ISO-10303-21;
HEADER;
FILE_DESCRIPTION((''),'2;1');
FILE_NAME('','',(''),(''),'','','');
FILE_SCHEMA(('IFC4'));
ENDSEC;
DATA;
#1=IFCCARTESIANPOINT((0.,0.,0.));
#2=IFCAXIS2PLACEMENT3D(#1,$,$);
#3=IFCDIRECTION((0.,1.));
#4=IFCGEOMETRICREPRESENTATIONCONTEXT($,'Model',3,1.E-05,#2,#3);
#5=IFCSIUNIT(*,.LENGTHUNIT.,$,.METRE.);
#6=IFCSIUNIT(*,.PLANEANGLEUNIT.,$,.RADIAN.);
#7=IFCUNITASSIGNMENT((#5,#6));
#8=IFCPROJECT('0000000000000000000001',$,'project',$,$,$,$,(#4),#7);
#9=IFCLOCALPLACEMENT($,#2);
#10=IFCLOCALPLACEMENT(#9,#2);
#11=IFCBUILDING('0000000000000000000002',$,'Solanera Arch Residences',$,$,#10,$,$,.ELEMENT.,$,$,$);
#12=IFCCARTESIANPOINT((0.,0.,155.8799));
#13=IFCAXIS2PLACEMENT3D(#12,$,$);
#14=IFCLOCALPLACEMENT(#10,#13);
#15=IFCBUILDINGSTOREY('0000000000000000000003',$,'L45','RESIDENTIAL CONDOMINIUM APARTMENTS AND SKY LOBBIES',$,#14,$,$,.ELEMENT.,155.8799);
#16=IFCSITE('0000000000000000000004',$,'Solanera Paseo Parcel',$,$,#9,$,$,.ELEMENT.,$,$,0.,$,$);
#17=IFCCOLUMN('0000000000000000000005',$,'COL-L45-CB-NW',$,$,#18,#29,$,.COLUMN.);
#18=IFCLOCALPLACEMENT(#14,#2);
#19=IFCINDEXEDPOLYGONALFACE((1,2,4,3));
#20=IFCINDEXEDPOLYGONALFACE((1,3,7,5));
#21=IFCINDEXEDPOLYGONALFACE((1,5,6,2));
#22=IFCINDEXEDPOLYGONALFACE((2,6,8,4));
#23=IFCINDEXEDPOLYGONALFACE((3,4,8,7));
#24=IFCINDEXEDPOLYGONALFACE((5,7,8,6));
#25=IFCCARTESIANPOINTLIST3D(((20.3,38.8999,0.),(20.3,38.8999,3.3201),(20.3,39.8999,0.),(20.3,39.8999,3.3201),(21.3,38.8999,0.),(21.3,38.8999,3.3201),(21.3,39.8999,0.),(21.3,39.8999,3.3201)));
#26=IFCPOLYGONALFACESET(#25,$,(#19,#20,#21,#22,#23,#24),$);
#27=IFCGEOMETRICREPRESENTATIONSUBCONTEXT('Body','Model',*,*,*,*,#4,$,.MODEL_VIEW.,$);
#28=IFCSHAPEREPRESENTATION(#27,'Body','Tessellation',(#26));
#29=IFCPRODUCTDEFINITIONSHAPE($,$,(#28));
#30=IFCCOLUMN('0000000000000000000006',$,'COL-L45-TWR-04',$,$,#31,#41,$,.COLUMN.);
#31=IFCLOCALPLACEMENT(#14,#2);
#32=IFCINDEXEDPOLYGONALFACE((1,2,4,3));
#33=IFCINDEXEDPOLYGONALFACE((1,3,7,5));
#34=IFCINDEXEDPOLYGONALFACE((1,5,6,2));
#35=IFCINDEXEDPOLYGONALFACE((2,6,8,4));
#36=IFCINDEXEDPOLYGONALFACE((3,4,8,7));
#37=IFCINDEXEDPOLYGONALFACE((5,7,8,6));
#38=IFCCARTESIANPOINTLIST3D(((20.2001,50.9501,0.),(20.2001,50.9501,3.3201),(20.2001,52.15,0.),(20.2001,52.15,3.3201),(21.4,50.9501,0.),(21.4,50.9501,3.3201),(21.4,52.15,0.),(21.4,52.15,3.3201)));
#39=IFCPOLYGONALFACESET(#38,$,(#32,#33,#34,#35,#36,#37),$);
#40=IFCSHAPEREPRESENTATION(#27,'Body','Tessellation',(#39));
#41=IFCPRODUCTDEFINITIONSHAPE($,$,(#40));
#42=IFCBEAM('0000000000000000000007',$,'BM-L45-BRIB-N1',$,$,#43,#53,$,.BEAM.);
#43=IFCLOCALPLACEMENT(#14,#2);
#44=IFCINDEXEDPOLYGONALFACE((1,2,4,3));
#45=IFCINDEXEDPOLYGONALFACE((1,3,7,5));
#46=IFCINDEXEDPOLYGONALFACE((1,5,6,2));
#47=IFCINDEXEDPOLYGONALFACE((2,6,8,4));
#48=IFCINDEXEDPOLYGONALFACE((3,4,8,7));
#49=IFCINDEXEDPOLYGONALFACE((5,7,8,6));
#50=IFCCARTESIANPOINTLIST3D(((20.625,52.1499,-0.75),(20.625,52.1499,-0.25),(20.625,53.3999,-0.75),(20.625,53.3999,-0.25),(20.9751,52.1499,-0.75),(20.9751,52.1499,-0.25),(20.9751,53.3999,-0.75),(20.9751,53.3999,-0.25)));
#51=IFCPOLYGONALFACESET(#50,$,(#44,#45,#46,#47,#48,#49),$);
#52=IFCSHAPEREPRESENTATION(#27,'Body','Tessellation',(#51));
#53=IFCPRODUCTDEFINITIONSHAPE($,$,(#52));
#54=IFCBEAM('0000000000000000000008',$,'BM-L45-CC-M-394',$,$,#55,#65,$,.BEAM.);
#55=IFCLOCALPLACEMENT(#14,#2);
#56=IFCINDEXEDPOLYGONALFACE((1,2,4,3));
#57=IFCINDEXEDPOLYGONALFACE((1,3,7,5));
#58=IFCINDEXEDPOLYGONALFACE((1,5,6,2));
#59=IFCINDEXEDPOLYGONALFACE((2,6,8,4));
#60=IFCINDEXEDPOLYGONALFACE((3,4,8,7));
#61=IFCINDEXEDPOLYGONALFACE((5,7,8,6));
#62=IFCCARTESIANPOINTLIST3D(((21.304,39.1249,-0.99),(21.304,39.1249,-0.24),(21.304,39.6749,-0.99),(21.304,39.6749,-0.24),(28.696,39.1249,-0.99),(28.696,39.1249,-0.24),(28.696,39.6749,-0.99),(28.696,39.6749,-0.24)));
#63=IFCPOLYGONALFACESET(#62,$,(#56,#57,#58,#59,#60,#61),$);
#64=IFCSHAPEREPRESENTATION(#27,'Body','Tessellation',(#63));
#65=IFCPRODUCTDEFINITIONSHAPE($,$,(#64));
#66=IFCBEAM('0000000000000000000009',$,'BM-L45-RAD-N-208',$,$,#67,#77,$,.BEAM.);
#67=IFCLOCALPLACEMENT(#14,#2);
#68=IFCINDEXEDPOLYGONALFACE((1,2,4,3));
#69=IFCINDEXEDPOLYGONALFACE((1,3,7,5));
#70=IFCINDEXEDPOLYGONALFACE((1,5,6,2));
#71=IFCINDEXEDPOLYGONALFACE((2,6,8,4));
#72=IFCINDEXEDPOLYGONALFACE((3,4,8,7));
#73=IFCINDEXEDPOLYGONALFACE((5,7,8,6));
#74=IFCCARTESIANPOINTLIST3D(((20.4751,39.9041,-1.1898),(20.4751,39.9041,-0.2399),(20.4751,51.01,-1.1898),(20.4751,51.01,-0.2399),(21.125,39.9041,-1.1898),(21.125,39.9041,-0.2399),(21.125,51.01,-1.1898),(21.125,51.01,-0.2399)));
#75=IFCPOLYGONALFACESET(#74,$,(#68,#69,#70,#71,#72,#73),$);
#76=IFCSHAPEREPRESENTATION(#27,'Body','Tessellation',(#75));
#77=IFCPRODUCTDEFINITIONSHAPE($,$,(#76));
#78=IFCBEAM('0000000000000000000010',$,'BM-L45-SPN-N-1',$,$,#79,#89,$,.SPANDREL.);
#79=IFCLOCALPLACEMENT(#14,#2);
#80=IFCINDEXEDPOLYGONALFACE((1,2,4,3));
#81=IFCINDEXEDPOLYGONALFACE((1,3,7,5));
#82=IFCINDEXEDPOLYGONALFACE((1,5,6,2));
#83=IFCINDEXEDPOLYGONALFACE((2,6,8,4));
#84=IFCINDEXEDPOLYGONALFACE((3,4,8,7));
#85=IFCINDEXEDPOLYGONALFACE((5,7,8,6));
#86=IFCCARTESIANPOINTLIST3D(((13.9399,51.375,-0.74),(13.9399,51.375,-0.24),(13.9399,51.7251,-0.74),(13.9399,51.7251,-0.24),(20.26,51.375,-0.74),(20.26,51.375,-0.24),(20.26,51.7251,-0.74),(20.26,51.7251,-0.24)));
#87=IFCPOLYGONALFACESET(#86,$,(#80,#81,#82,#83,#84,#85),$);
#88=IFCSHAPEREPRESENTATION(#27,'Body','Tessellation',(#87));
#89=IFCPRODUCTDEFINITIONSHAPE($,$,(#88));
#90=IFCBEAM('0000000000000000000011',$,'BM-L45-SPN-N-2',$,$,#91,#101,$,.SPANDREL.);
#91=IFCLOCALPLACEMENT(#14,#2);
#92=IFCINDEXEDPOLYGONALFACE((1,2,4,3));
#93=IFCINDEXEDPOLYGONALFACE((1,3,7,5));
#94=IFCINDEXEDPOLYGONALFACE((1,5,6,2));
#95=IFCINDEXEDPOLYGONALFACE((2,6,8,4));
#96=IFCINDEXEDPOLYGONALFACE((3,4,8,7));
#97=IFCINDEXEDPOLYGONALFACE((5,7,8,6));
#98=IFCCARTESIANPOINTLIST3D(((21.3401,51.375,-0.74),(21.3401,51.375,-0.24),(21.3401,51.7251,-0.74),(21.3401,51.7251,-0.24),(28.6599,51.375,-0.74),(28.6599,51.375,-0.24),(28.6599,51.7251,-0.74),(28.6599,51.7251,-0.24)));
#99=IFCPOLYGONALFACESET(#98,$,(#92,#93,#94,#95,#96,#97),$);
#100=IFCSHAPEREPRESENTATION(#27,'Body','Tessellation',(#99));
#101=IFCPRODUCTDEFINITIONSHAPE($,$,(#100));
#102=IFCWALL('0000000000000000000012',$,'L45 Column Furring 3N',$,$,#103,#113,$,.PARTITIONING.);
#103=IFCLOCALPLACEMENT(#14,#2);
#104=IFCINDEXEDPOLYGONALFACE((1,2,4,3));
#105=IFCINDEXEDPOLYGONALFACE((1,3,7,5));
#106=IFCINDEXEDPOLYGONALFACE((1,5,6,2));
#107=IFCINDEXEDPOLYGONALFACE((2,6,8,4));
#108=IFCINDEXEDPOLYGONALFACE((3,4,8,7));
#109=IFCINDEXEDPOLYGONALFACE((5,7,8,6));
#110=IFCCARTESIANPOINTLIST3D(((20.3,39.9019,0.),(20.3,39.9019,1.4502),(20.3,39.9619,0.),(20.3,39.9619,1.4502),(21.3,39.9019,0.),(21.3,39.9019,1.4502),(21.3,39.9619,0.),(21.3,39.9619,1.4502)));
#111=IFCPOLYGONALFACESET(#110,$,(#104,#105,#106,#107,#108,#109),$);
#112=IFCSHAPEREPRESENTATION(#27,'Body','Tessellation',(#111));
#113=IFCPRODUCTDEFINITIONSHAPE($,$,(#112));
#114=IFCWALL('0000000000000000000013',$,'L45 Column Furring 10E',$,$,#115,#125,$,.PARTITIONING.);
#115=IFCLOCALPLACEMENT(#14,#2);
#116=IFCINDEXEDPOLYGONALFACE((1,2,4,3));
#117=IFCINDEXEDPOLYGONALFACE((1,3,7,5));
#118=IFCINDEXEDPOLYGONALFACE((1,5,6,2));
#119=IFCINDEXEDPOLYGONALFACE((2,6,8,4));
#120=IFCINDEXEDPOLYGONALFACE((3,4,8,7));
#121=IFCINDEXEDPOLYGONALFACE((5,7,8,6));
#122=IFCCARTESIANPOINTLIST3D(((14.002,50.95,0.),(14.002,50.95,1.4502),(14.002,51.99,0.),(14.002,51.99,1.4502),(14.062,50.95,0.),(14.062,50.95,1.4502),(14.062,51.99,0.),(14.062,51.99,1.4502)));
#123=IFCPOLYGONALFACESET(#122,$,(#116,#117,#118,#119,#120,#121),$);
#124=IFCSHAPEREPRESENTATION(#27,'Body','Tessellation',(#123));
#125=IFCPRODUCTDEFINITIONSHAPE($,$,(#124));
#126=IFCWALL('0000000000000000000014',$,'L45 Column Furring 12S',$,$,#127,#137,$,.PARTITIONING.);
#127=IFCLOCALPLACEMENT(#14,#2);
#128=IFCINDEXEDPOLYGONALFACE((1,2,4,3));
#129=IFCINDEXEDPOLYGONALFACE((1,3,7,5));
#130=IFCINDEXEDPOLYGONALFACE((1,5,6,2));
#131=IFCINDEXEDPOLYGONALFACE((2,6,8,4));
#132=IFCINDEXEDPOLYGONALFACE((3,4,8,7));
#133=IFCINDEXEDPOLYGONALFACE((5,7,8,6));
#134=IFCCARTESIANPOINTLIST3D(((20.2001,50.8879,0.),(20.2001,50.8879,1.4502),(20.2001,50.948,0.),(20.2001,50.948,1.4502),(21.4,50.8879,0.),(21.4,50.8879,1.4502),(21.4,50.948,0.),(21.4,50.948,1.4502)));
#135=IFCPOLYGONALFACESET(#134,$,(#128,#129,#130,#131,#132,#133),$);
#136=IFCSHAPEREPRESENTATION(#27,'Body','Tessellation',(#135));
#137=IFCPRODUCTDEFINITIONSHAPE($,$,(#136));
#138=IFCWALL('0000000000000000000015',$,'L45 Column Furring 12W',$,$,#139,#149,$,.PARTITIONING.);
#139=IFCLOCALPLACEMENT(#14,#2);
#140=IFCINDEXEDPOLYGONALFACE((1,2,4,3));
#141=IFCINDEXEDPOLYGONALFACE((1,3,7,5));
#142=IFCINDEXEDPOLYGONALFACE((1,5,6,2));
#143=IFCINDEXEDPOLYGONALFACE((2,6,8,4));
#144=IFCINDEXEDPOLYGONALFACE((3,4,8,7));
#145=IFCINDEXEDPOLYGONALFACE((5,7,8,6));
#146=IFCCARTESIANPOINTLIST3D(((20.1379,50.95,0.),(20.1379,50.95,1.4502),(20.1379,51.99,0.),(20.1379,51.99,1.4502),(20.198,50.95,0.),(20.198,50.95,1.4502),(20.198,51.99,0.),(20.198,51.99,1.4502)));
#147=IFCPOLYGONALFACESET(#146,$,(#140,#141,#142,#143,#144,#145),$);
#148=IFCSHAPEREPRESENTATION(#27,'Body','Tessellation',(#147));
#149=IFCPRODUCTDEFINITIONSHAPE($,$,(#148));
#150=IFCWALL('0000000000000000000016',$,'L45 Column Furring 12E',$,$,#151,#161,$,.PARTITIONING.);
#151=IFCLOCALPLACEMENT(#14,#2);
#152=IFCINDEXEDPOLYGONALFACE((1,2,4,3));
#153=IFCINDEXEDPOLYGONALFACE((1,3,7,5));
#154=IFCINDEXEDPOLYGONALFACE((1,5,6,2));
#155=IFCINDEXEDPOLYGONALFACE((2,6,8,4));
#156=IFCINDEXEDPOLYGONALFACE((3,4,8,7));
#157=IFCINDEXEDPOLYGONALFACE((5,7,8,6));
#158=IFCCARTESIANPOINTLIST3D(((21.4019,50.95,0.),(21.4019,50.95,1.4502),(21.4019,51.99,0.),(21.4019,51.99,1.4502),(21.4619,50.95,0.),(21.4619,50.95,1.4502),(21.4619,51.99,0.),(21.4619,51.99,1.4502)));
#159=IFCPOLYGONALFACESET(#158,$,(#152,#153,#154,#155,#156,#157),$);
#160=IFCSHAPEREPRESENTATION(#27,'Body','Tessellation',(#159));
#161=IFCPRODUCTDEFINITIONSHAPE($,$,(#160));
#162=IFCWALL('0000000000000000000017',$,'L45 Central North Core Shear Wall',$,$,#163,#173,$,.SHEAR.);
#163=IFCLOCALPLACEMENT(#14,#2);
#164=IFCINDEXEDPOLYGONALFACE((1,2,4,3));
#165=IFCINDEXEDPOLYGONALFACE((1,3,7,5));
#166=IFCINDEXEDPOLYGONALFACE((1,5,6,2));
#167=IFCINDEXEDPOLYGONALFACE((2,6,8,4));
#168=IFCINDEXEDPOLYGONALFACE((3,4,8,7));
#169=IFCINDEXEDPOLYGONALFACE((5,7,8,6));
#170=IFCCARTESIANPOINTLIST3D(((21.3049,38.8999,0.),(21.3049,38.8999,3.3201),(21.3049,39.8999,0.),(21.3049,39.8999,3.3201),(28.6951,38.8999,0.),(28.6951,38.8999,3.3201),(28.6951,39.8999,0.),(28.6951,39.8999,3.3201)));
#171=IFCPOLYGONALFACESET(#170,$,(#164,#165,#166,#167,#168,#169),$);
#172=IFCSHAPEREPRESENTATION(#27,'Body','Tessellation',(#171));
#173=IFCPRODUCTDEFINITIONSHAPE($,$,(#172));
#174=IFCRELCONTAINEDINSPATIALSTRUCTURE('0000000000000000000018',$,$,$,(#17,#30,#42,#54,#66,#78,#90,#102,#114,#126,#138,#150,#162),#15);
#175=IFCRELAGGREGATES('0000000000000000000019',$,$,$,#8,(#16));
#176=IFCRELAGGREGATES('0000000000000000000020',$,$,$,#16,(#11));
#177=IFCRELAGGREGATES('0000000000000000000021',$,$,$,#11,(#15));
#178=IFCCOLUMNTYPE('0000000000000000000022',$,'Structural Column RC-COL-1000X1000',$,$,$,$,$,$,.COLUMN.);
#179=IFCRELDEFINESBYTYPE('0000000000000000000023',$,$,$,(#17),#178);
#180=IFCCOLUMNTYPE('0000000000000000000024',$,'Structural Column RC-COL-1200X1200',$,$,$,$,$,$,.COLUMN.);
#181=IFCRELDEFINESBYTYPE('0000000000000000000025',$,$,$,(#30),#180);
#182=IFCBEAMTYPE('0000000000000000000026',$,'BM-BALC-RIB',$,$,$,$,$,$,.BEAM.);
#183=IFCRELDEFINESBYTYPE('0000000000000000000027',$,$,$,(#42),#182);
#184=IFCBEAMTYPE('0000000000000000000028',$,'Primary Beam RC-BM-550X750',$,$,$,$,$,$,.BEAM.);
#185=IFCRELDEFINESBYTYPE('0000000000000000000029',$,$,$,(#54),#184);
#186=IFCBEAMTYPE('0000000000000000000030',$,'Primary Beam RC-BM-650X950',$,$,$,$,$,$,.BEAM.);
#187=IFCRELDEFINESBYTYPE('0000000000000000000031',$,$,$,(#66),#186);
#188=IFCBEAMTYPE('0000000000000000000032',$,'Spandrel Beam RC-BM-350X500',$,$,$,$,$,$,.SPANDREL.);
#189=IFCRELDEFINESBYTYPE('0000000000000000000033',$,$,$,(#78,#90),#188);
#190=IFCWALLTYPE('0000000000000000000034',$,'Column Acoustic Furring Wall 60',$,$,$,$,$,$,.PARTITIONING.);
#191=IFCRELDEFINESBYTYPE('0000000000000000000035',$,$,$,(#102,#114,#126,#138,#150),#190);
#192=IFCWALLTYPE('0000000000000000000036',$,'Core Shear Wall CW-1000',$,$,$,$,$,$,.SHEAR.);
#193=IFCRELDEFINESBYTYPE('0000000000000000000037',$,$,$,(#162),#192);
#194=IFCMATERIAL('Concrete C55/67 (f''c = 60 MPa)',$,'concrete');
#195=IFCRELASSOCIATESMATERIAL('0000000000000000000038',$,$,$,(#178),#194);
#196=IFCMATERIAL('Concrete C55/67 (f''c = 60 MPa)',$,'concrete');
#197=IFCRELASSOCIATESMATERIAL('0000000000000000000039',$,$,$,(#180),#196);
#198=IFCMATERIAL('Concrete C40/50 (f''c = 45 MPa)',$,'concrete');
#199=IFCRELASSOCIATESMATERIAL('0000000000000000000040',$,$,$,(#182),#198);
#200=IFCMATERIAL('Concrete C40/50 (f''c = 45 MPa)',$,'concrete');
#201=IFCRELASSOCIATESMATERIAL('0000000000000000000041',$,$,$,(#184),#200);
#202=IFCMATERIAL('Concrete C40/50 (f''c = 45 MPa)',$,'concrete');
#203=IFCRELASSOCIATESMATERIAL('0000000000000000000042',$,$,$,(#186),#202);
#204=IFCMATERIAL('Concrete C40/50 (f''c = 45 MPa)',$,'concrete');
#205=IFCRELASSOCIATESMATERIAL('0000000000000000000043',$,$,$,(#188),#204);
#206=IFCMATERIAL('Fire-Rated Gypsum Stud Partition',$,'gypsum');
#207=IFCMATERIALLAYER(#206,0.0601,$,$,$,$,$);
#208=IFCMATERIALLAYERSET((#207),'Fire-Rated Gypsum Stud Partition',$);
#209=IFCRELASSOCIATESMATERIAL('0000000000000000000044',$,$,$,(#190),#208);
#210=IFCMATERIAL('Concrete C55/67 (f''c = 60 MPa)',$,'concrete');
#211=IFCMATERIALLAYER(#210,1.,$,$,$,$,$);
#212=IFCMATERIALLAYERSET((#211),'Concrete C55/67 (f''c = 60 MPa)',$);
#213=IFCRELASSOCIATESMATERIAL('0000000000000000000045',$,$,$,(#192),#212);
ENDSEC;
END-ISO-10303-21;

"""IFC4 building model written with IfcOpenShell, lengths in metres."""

from ifc_helpers import new_model, si_unit, direction, frame, frame_2d, origin, origin_2d, place, context, subcontext, project, spatial, rectangle, extrude, material, layer, layer_set, material_profile, profile_set, type_object, element, save


model = new_model("IFC4")

# Units and contexts
model_context = context("Model", 3, precision=1e-05, world=origin(), true_north=direction((0.0, 1.0)))
body_context = subcontext(model_context, "Body", "Model", "MODEL_VIEW")
ifc_project = project(units=[si_unit("LENGTHUNIT", "METRE"), si_unit("PLANEANGLEUNIT", "RADIAN")], contexts=[model_context])

# Site, building, storey
site_placement = place(None, origin())
site = spatial("IfcSite", under=ifc_project, at=site_placement, Name="Solanera Paseo Parcel", CompositionType="ELEMENT", RefElevation=0.0)
building_placement = place(site_placement, origin())
building = spatial("IfcBuilding", under=site, at=building_placement, Name="Solanera Arch Residences", CompositionType="ELEMENT")
storey_placement = place(building_placement, frame((0.0, 0.0, 155.8799)))
storey = spatial("IfcBuildingStorey", under=building, at=storey_placement, Name="L45", Description="RESIDENTIAL CONDOMINIUM APARTMENTS AND SKY LOBBIES", CompositionType="ELEMENT", Elevation=155.8799)

# Columns
ifc_material_1 = material(Name="Concrete C55/67 (f'c = 60 MPa)", Category="concrete")
ifc_material_profile_1 = material_profile(ifc_material_1, rectangle(XDim=1.0, YDim=1.0, at=origin_2d()))
ifc_profile_set_1 = profile_set([ifc_material_profile_1], Name="Concrete C55/67 (f'c = 60 MPa)")
column_type_1 = type_object("IfcColumnType", Name="Structural Column RC-COL-1000X1000", PredefinedType="COLUMN", material=ifc_profile_set_1)
column_1_placement = place(storey_placement, frame((20.8, 39.3999, 0.0), z_axis=(0.0, 0.0, 1.0), x_axis=(1.0, 0.0, 0.0)))
element("IfcColumn", 1, at=column_1_placement, inside=storey, type_object=column_type_1, Name="COL-L45-CB-NW", PredefinedType="COLUMN", context=body_context, shape_type="SweptSolid", body=[
    extrude(rectangle(XDim=1.0, YDim=1.0, at=origin_2d()), origin(), (0.0, 0.0, 1.0), 3.3201),
])
ifc_material_2 = material(Name="Concrete C55/67 (f'c = 60 MPa)", Category="concrete")
ifc_material_profile_2 = material_profile(ifc_material_2, rectangle(XDim=1.2, YDim=1.2, at=origin_2d()))
ifc_profile_set_2 = profile_set([ifc_material_profile_2], Name="Concrete C55/67 (f'c = 60 MPa)")
column_type_2 = type_object("IfcColumnType", Name="Structural Column RC-COL-1200X1200", PredefinedType="COLUMN", material=ifc_profile_set_2)
column_2_placement = place(storey_placement, frame((20.8, 51.55, 0.0), z_axis=(0.0, 0.0, 1.0), x_axis=(1.0, 0.0, 0.0)))
element("IfcColumn", 2, at=column_2_placement, inside=storey, type_object=column_type_2, Name="COL-L45-TWR-04", PredefinedType="COLUMN", context=body_context, shape_type="SweptSolid", body=[
    extrude(rectangle(XDim=1.2, YDim=1.2, at=origin_2d()), origin(), (0.0, 0.0, 1.0), 3.3201),
])

# Beams
ifc_material_3 = material(Name="Concrete C40/50 (f'c = 45 MPa)", Category="concrete")
ifc_material_profile_3 = material_profile(ifc_material_3, rectangle(XDim=0.3501, YDim=0.5, at=origin_2d()))
ifc_profile_set_3 = profile_set([ifc_material_profile_3], Name="Concrete C40/50 (f'c = 45 MPa)")
beam_type_1 = type_object("IfcBeamType", Name="BM-BALC-RIB", PredefinedType="BEAM", material=ifc_profile_set_3)
beam_1_placement = place(storey_placement, frame((20.8, 52.1499, -0.5), z_axis=(0.0, 1.0, 0.0), x_axis=(-1.0, 0.0, 0.0)))
element("IfcBeam", 3, at=beam_1_placement, inside=storey, type_object=beam_type_1, Name="BM-L45-BRIB-N1", PredefinedType="BEAM", context=body_context, shape_type="SweptSolid", body=[
    extrude(rectangle(XDim=0.3501, YDim=0.5, at=origin_2d()), origin(), (0.0, 0.0, 1.0), 1.25),
])
ifc_material_4 = material(Name="Concrete C40/50 (f'c = 45 MPa)", Category="concrete")
ifc_material_profile_4 = material_profile(ifc_material_4, rectangle(XDim=0.55, YDim=0.75, at=origin_2d()))
ifc_profile_set_4 = profile_set([ifc_material_profile_4], Name="Concrete C40/50 (f'c = 45 MPa)")
beam_type_2 = type_object("IfcBeamType", Name="Primary Beam RC-BM-550X750", PredefinedType="BEAM", material=ifc_profile_set_4)
beam_2_placement = place(storey_placement, frame((21.304, 39.3999, -0.615), z_axis=(1.0, 0.0, 0.0), x_axis=(0.0, 1.0, 0.0)))
element("IfcBeam", 4, at=beam_2_placement, inside=storey, type_object=beam_type_2, Name="BM-L45-CC-M-394", PredefinedType="BEAM", context=body_context, shape_type="SweptSolid", body=[
    extrude(rectangle(XDim=0.55, YDim=0.75, at=origin_2d()), origin(), (0.0, 0.0, 1.0), 7.3921),
])
ifc_material_5 = material(Name="Concrete C40/50 (f'c = 45 MPa)", Category="concrete")
ifc_material_profile_5 = material_profile(ifc_material_5, rectangle(XDim=0.6499, YDim=0.95, at=origin_2d()))
ifc_profile_set_5 = profile_set([ifc_material_profile_5], Name="Concrete C40/50 (f'c = 45 MPa)")
beam_type_3 = type_object("IfcBeamType", Name="Primary Beam RC-BM-650X950", PredefinedType="BEAM", material=ifc_profile_set_5)
beam_3_placement = place(storey_placement, frame((20.8, 39.9041, -0.7148), z_axis=(0.0, 1.0, 0.0), x_axis=(-1.0, 0.0, 0.0)))
element("IfcBeam", 5, at=beam_3_placement, inside=storey, type_object=beam_type_3, Name="BM-L45-RAD-N-208", PredefinedType="BEAM", context=body_context, shape_type="SweptSolid", body=[
    extrude(rectangle(XDim=0.6499, YDim=0.95, at=origin_2d()), origin(), (0.0, 0.0, 1.0), 11.106),
])
ifc_material_6 = material(Name="Concrete C40/50 (f'c = 45 MPa)", Category="concrete")
ifc_material_profile_6 = material_profile(ifc_material_6, rectangle(XDim=0.3501, YDim=0.5, at=origin_2d()))
ifc_profile_set_6 = profile_set([ifc_material_profile_6], Name="Concrete C40/50 (f'c = 45 MPa)")
beam_type_4 = type_object("IfcBeamType", Name="Spandrel Beam RC-BM-350X500", PredefinedType="SPANDREL", material=ifc_profile_set_6)
beam_4_placement = place(storey_placement, frame((13.9399, 51.55, -0.49), z_axis=(1.0, 0.0, 0.0), x_axis=(0.0, 1.0, 0.0)))
element("IfcBeam", 6, at=beam_4_placement, inside=storey, type_object=beam_type_4, Name="BM-L45-SPN-N-1", PredefinedType="SPANDREL", context=body_context, shape_type="SweptSolid", body=[
    extrude(rectangle(XDim=0.3501, YDim=0.5, at=origin_2d()), origin(), (0.0, 0.0, 1.0), 6.3201),
])
beam_5_placement = place(storey_placement, frame((21.3401, 51.55, -0.49), z_axis=(1.0, 0.0, 0.0), x_axis=(0.0, 1.0, 0.0)))
element("IfcBeam", 7, at=beam_5_placement, inside=storey, type_object=beam_type_4, Name="BM-L45-SPN-N-2", PredefinedType="SPANDREL", context=body_context, shape_type="SweptSolid", body=[
    extrude(rectangle(XDim=0.3501, YDim=0.5, at=origin_2d()), origin(), (0.0, 0.0, 1.0), 7.3198),
])

# Walls
ifc_material_7 = material(Name="Fire-Rated Gypsum Stud Partition", Category="gypsum")
ifc_layer_1 = layer(ifc_material_7, 0.0601)
ifc_layer_set_1 = layer_set([ifc_layer_1], Name="Fire-Rated Gypsum Stud Partition")
wall_type_1 = type_object("IfcWallType", Name="Column Acoustic Furring Wall 60", PredefinedType="PARTITIONING", material=ifc_layer_set_1)
wall_1_placement = place(storey_placement, frame((20.3, 39.9319, 0.0), z_axis=(0.0, 0.0, 1.0), x_axis=(1.0, 0.0, 0.0)))
element("IfcWall", 8, at=wall_1_placement, inside=storey, type_object=wall_type_1, Name="L45 Column Furring 3N", PredefinedType="PARTITIONING", context=body_context, shape_type="SweptSolid", body=[
    extrude(rectangle(XDim=1.0, YDim=0.0601, at=frame_2d((0.5, 0.0))), origin(), (0.0, 0.0, 1.0), 1.4502),
])
wall_2_placement = place(storey_placement, frame((14.032, 50.95, 0.0), z_axis=(0.0, 0.0, 1.0), x_axis=(0.0, 1.0, 0.0)))
element("IfcWall", 9, at=wall_2_placement, inside=storey, type_object=wall_type_1, Name="L45 Column Furring 10E", PredefinedType="PARTITIONING", context=body_context, shape_type="SweptSolid", body=[
    extrude(rectangle(XDim=1.04, YDim=0.0601, at=frame_2d((0.52, 0.0))), origin(), (0.0, 0.0, 1.0), 1.4502),
])
wall_3_placement = place(storey_placement, frame((20.2, 50.918, 0.0), z_axis=(0.0, 0.0, 1.0), x_axis=(1.0, 0.0, 0.0)))
element("IfcWall", 10, at=wall_3_placement, inside=storey, type_object=wall_type_1, Name="L45 Column Furring 12S", PredefinedType="PARTITIONING", context=body_context, shape_type="SweptSolid", body=[
    extrude(rectangle(XDim=1.2, YDim=0.0601, at=frame_2d((0.6001, 0.0))), origin(), (0.0, 0.0, 1.0), 1.4502),
])
for number, where, z_axis, x_axis, name in (
    (11, (20.168, 50.95, 0.0), (0.0, 0.0, 1.0), (0.0, 1.0, 0.0), "L45 Column Furring 12W"),
    (12, (21.4319, 50.95, 0.0), (0.0, 0.0, 1.0), (0.0, 1.0, 0.0), "L45 Column Furring 12E"),
):
    element("IfcWall", number, at=place(storey_placement, frame(where, z_axis=z_axis, x_axis=x_axis)), inside=storey, type_object=wall_type_1, Name=name, PredefinedType="PARTITIONING", context=body_context, shape_type="SweptSolid", body=[
        extrude(rectangle(XDim=1.04, YDim=0.0601, at=frame_2d((0.52, 0.0))), origin(), (0.0, 0.0, 1.0), 1.4502),
    ])
ifc_material_8 = material(Name="Concrete C55/67 (f'c = 60 MPa)", Category="concrete")
ifc_layer_2 = layer(ifc_material_8, 1.0)
ifc_layer_set_2 = layer_set([ifc_layer_2], Name="Concrete C55/67 (f'c = 60 MPa)")
wall_type_2 = type_object("IfcWallType", Name="Core Shear Wall CW-1000", PredefinedType="SHEAR", material=ifc_layer_set_2)
wall_4_placement = place(storey_placement, frame((21.3049, 39.3999, 0.0), z_axis=(0.0, 0.0, 1.0), x_axis=(1.0, 0.0, 0.0)))
element("IfcWall", 13, at=wall_4_placement, inside=storey, type_object=wall_type_2, Name="L45 Central North Core Shear Wall", PredefinedType="SHEAR", context=body_context, shape_type="SweptSolid", body=[
    extrude(rectangle(XDim=7.3901, YDim=1.0, at=frame_2d((3.6951, 0.0))), origin(), (0.0, 0.0, 1.0), 3.3201),
])

save(model, "model.ifc")
